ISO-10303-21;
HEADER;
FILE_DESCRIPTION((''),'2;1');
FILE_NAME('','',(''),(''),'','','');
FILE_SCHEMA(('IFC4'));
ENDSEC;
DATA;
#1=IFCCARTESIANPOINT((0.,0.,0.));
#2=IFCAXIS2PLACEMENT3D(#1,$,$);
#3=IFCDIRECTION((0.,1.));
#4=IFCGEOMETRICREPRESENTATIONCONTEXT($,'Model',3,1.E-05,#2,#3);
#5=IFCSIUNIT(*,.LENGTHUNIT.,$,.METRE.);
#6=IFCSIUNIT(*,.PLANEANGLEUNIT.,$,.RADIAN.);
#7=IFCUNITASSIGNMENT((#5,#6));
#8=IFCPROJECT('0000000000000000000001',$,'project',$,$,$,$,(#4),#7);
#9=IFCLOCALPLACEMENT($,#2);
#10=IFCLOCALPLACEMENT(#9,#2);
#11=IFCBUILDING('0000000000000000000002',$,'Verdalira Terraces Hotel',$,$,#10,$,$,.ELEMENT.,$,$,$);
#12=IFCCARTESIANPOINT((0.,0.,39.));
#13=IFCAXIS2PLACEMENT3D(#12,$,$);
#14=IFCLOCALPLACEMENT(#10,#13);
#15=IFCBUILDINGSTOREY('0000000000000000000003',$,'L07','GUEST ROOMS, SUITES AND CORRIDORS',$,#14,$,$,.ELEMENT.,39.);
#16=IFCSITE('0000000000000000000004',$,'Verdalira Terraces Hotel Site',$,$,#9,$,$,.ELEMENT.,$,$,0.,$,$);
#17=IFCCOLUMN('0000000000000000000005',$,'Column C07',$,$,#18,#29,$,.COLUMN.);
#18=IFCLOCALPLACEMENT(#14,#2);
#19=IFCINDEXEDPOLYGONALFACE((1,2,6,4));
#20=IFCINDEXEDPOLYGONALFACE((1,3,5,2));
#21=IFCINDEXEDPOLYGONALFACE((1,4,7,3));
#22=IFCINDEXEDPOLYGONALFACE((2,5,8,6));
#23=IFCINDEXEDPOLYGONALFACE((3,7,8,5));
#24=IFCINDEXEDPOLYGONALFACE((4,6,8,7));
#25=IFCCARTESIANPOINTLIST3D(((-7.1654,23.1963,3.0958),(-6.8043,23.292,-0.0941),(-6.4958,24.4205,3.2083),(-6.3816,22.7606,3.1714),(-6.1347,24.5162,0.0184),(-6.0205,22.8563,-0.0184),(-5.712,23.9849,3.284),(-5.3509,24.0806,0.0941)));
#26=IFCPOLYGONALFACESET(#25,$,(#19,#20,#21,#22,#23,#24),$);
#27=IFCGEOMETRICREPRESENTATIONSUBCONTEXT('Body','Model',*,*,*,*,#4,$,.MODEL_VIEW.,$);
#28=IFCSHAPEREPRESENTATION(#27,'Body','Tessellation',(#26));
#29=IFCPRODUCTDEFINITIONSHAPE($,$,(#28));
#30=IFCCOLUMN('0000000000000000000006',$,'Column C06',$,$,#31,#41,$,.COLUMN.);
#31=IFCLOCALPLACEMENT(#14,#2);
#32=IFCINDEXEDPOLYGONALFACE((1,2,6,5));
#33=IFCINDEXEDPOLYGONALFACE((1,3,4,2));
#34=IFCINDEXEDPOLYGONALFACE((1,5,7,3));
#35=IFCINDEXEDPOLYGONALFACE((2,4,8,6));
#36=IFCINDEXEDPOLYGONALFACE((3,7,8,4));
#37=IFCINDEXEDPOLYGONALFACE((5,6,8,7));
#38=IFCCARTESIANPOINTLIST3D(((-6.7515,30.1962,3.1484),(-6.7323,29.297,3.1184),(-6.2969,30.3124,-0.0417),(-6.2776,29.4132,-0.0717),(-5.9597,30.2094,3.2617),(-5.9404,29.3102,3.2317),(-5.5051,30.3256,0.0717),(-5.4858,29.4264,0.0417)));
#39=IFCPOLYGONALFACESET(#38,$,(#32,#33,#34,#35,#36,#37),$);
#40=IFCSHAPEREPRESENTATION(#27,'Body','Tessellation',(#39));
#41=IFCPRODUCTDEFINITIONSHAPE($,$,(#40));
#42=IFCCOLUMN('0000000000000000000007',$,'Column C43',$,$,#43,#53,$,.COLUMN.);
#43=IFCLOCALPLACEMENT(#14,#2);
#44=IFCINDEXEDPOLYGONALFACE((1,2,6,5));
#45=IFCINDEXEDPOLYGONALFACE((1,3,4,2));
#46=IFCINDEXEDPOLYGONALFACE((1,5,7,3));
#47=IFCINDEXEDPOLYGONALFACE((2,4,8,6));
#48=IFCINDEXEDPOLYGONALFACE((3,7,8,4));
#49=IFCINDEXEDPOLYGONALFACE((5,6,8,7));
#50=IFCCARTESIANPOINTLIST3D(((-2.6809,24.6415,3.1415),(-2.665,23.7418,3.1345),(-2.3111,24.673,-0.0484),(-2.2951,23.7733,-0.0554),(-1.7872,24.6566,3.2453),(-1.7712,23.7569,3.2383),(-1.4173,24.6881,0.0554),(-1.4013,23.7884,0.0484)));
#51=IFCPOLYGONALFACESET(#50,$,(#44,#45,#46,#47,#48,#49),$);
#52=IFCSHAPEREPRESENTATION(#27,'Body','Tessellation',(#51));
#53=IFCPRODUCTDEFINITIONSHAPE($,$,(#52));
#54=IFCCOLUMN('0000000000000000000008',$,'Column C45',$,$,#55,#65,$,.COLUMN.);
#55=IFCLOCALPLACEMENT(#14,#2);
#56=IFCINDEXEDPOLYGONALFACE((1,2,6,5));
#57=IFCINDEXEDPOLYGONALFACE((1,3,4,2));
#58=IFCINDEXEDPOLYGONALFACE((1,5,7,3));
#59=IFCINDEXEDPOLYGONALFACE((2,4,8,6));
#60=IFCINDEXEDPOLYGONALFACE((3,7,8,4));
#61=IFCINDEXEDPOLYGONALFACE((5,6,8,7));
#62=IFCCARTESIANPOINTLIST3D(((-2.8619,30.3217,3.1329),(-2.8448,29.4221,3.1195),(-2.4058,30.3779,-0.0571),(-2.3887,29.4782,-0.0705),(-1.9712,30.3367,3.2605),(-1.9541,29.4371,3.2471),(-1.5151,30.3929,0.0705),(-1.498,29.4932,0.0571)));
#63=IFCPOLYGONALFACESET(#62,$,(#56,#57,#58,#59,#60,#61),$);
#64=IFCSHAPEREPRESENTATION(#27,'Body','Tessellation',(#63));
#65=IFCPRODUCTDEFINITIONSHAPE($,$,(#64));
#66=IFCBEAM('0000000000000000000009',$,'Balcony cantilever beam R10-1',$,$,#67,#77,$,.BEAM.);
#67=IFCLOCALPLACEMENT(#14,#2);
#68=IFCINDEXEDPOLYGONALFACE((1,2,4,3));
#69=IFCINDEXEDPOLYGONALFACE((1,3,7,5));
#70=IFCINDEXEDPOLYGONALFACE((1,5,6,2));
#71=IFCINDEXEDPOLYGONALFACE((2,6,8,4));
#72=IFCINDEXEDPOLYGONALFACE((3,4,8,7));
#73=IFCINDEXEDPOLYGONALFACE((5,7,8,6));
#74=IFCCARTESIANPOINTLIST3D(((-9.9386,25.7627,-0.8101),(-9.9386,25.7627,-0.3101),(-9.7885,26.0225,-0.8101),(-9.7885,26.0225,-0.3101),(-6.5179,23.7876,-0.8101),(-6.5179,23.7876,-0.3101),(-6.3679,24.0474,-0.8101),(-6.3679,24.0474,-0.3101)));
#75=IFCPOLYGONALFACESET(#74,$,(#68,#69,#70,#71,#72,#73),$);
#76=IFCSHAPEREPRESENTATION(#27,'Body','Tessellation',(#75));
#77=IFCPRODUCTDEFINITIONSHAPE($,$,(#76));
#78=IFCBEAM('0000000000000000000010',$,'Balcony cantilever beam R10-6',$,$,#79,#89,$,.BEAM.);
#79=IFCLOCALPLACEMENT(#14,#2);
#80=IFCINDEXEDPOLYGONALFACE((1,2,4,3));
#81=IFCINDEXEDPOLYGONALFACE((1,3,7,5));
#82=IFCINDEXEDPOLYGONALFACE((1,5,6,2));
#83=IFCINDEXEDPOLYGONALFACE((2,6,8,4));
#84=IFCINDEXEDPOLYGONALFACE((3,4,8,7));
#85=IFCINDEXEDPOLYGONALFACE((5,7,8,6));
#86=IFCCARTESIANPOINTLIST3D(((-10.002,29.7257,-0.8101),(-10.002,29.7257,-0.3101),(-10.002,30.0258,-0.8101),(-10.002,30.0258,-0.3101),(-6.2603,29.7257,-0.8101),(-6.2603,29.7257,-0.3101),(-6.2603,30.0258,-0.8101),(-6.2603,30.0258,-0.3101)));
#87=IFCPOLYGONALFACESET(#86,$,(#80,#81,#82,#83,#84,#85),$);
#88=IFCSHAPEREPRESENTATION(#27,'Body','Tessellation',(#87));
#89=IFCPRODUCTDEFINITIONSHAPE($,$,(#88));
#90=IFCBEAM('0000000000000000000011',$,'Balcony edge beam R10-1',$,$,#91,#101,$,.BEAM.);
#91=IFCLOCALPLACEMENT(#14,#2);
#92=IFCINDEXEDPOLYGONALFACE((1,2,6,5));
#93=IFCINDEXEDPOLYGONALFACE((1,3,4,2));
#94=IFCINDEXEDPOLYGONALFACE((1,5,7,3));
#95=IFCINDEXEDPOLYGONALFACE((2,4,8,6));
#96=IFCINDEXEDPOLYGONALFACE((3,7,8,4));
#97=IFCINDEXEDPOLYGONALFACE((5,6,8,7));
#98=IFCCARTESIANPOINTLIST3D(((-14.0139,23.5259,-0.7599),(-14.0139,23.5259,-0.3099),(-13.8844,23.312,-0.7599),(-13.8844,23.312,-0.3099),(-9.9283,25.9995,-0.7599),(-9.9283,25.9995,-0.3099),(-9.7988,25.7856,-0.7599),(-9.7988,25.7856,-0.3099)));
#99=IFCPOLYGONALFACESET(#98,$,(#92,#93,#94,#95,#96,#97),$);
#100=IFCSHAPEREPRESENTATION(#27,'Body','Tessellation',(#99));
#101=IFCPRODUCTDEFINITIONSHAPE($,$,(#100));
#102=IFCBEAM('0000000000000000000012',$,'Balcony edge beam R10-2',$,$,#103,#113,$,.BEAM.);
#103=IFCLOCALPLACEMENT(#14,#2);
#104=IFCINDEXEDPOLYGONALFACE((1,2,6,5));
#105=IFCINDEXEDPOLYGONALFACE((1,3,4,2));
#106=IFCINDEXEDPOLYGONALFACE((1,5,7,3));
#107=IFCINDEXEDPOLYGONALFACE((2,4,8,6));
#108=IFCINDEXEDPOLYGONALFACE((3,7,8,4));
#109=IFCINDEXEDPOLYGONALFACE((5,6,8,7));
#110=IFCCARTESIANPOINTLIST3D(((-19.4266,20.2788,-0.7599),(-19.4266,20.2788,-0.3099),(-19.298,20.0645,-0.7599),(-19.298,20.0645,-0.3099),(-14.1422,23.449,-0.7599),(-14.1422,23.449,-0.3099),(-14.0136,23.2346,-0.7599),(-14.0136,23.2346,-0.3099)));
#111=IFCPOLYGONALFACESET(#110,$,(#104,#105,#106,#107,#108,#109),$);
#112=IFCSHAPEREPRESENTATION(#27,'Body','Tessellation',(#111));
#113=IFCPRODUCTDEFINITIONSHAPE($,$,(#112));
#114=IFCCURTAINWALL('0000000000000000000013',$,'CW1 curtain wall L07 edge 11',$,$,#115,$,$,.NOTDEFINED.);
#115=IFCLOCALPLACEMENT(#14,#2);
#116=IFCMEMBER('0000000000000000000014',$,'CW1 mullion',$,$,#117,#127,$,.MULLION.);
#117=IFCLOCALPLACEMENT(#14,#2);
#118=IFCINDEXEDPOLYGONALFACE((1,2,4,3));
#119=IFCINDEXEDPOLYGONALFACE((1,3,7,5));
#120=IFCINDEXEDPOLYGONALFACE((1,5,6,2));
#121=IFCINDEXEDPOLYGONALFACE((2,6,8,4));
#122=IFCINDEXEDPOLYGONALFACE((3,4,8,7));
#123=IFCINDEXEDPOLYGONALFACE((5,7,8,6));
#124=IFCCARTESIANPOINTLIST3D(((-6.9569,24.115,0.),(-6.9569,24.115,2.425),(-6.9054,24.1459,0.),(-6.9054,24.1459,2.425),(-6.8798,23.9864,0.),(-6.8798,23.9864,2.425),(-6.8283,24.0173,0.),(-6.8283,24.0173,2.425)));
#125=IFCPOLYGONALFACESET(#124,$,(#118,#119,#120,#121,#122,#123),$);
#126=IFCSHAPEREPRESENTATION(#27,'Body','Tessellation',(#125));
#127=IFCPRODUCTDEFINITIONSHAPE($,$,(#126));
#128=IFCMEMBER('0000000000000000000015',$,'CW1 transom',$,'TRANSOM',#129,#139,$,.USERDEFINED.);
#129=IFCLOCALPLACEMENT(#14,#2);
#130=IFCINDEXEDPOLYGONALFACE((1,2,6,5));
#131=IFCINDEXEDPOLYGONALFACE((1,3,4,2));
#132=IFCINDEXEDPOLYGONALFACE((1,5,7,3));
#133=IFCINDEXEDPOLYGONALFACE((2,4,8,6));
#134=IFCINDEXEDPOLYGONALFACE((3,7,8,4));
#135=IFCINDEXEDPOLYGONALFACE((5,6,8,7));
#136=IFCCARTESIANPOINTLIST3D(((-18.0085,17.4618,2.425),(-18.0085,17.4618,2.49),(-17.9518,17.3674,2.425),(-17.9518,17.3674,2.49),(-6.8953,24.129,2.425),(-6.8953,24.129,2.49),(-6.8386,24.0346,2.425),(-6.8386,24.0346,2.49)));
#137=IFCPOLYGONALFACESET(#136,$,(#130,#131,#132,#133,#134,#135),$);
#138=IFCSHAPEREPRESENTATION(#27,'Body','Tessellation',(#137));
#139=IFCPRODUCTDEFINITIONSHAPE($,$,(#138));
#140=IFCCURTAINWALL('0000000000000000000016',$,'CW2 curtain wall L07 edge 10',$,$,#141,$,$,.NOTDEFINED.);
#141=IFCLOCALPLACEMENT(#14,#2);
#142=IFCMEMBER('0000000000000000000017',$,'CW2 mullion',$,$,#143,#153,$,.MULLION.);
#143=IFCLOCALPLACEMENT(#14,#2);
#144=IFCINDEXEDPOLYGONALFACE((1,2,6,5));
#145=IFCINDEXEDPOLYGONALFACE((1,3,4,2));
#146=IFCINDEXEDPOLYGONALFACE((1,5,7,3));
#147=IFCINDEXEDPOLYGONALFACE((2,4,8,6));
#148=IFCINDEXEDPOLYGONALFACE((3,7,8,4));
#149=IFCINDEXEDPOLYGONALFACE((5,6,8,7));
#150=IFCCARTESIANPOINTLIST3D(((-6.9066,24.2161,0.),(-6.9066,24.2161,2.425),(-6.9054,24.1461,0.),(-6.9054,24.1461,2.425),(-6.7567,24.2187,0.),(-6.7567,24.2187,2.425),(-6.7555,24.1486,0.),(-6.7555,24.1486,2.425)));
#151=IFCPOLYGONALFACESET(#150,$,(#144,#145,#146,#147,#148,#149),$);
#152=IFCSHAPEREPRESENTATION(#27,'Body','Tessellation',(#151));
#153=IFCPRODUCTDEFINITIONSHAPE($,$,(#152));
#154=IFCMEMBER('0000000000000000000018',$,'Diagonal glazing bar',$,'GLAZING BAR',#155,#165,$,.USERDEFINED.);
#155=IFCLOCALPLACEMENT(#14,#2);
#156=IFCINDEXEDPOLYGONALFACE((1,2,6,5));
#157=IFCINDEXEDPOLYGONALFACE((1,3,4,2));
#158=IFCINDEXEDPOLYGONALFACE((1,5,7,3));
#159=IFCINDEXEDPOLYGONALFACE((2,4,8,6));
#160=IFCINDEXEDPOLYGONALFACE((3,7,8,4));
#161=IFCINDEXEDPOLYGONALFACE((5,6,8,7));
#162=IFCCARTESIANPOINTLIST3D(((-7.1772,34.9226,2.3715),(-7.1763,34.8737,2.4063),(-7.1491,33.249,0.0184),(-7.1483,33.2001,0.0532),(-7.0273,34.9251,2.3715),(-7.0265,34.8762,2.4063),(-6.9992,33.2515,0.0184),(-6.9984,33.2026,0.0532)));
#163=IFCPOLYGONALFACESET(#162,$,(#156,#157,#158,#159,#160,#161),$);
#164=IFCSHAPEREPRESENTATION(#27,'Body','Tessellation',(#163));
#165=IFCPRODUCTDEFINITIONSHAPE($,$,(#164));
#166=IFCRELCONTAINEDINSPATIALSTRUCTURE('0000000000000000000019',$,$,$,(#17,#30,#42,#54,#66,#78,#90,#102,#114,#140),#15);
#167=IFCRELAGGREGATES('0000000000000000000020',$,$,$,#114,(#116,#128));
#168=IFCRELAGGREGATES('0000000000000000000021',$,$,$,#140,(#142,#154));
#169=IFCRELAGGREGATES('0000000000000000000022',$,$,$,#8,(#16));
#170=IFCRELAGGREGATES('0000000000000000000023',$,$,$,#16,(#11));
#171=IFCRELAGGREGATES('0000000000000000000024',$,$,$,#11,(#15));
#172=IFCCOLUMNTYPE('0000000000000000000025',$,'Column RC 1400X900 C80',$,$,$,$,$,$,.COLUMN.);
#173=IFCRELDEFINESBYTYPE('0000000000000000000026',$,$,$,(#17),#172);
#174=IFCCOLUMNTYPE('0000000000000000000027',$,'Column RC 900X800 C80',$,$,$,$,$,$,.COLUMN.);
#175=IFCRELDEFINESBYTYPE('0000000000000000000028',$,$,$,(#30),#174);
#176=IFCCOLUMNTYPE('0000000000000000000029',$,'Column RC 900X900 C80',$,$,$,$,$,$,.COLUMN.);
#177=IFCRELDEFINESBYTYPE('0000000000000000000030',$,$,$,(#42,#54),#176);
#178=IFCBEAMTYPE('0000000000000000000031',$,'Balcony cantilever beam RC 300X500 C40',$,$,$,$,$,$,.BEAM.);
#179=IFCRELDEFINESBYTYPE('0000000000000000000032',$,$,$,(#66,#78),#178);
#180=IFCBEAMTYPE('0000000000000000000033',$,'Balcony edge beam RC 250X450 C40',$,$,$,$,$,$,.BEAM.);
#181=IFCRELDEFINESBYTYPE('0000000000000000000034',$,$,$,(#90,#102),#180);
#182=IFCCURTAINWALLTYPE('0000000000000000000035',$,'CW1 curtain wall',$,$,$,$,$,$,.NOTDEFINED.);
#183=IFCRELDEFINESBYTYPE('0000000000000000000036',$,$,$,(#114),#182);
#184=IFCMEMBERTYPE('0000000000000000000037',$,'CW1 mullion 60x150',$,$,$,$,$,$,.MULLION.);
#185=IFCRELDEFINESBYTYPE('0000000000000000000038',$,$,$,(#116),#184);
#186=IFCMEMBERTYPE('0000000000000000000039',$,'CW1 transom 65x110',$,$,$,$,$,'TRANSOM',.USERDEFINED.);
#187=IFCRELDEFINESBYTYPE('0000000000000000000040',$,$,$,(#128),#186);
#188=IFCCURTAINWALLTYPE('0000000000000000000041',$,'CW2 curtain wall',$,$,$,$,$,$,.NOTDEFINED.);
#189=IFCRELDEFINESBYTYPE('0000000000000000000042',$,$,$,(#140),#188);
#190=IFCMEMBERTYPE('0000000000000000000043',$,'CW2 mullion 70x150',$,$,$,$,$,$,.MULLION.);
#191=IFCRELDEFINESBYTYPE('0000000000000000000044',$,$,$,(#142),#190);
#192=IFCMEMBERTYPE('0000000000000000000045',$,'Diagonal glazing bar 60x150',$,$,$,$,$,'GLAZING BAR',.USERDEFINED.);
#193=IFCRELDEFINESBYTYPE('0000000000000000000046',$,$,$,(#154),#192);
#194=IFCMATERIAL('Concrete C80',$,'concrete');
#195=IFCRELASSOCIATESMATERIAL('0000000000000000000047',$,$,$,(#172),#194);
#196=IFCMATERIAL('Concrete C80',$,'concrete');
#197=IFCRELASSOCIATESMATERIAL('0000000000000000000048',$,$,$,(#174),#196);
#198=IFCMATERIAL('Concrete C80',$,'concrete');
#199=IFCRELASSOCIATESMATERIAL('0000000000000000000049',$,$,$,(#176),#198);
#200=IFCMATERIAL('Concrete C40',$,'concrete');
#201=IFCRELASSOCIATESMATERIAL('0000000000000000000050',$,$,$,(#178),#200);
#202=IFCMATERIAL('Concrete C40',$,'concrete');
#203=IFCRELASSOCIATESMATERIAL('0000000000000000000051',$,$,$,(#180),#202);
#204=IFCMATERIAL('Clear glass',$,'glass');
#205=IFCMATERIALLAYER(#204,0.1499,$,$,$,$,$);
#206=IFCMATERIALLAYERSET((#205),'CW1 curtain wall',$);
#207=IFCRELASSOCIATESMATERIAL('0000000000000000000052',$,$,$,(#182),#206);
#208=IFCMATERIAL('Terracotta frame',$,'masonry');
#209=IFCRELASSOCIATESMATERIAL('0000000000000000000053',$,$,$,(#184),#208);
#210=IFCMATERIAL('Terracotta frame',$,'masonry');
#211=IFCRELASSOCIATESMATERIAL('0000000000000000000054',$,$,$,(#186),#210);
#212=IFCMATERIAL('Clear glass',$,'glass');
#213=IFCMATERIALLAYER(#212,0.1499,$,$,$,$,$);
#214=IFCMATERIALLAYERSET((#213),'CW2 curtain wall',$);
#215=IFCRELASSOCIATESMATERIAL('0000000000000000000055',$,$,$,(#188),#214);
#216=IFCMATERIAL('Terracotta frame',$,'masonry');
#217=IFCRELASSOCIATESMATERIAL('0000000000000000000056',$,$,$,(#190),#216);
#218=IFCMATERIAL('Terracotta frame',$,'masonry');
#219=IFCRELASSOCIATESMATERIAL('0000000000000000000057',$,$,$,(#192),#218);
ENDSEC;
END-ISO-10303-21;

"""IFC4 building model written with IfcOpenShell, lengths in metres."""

from ifc_helpers import new_model, si_unit, direction, frame, origin, origin_2d, place, context, subcontext, project, spatial, rectangle, extrude, material, layer, layer_set, material_profile, profile_set, type_object, element, aggregate, save


model = new_model("IFC4")

# Units and contexts
model_context = context("Model", 3, precision=1e-05, world=origin(), true_north=direction((0.0, 1.0)))
body_context = subcontext(model_context, "Body", "Model", "MODEL_VIEW")
ifc_project = project(units=[si_unit("LENGTHUNIT", "METRE"), si_unit("PLANEANGLEUNIT", "RADIAN")], contexts=[model_context])

# Site, building, storey
site_placement = place(None, origin())
site = spatial("IfcSite", under=ifc_project, at=site_placement, Name="Verdalira Terraces Hotel Site", CompositionType="ELEMENT", RefElevation=0.0)
building_placement = place(site_placement, origin())
building = spatial("IfcBuilding", under=site, at=building_placement, Name="Verdalira Terraces Hotel", CompositionType="ELEMENT")
storey_placement = place(building_placement, frame((0.0, 0.0, 39.0)))
storey = spatial("IfcBuildingStorey", under=building, at=storey_placement, Name="L07", Description="GUEST ROOMS, SUITES AND CORRIDORS", CompositionType="ELEMENT", Elevation=39.0)

# Columns
ifc_material_1 = material(Name="Concrete C80", Category="concrete")
ifc_material_profile_1 = material_profile(ifc_material_1, rectangle(XDim=1.3999, YDim=0.8999, at=origin_2d()), Name="RC 1400X900")
ifc_profile_set_1 = profile_set([ifc_material_profile_1], Name="Concrete C80")
column_type_1 = type_object("IfcColumnType", Name="Column RC 1400X900 C80", PredefinedType="COLUMN", material=ifc_profile_set_1)
column_1_placement = place(storey_placement, frame((-6.0776, 23.6863, 0.0), z_axis=(-0.112426, -0.029798, 0.993213), x_axis=(0.478316, 0.874501, 0.080379)))
element("IfcColumn", 1, at=column_1_placement, inside=storey, type_object=column_type_1, Name="Column C07", PredefinedType="COLUMN", context=body_context, shape_type="SweptSolid", body=[
    extrude(rectangle(XDim=1.3999, YDim=0.8999, at=origin_2d()), origin(), (0.0, 0.0, 1.0), 3.2117),
])
ifc_material_2 = material(Name="Concrete C80", Category="concrete")
ifc_material_profile_2 = material_profile(ifc_material_2, rectangle(XDim=0.8999, YDim=0.8, at=origin_2d()), Name="RC 900X800")
ifc_profile_set_2 = profile_set([ifc_material_profile_2], Name="Concrete C80")
column_type_2 = type_object("IfcColumnType", Name="Column RC 900X800 C80", PredefinedType="COLUMN", material=ifc_profile_set_2)
column_2_placement = place(storey_placement, frame((-5.8914, 29.8694, 0.0), z_axis=(-0.14099, -0.036043, 0.989355), x_axis=(0.021432, -0.999214, -0.033348)))
element("IfcColumn", 2, at=column_2_placement, inside=storey, type_object=column_type_2, Name="Column C06", PredefinedType="COLUMN", context=body_context, shape_type="SweptSolid", body=[
    extrude(rectangle(XDim=0.8999, YDim=0.8, at=origin_2d()), origin(), (0.0, 0.0, 1.0), 3.2244),
])
ifc_material_3 = material(Name="Concrete C80", Category="concrete")
ifc_material_profile_3 = material_profile(ifc_material_3, rectangle(XDim=0.8999, YDim=0.8999, at=origin_2d()), Name="RC 900X900")
ifc_profile_set_3 = profile_set([ifc_material_profile_3], Name="Concrete C80")
column_type_3 = type_object("IfcColumnType", Name="Column RC 900X900 C80", PredefinedType="COLUMN", material=ifc_profile_set_3)
column_3_placement = place(storey_placement, frame((-1.8562, 24.2307, 0.0), z_axis=(-0.115173, -0.009807, 0.993297), x_axis=(-0.01777, 0.999812, 0.007811)))
element("IfcColumn", 3, at=column_3_placement, inside=storey, type_object=column_type_3, Name="Column C43", PredefinedType="COLUMN", context=body_context, shape_type="SweptSolid", body=[
    extrude(rectangle(XDim=0.8999, YDim=0.8999, at=origin_2d()), origin(), (0.0, 0.0, 1.0), 3.2114),
])
column_4_placement = place(storey_placement, frame((-1.9519, 29.9355, 0.0), z_axis=(-0.141506, -0.017423, 0.989784), x_axis=(-0.018997, 0.999709, 0.014882)))
element("IfcColumn", 4, at=column_4_placement, inside=storey, type_object=column_type_3, Name="Column C45", PredefinedType="COLUMN", context=body_context, shape_type="SweptSolid", body=[
    extrude(rectangle(XDim=0.8999, YDim=0.8999, at=origin_2d()), origin(), (0.0, 0.0, 1.0), 3.2229),
])

# Beams
ifc_material_4 = material(Name="Concrete C40", Category="concrete")
ifc_material_profile_4 = material_profile(ifc_material_4, rectangle(XDim=0.3, YDim=0.5, at=origin_2d()), Name="RC 300X500")
ifc_profile_set_4 = profile_set([ifc_material_profile_4], Name="Concrete C40")
beam_type_1 = type_object("IfcBeamType", Name="Balcony cantilever beam RC 300X500 C40", PredefinedType="BEAM", material=ifc_profile_set_4)
beam_1_placement = place(storey_placement, frame((-6.4429, 23.9175, -0.5601), z_axis=(-0.866005, 0.500035, 0.0), x_axis=(-0.500035, -0.866005, 0.0)))
element("IfcBeam", 5, at=beam_1_placement, inside=storey, type_object=beam_type_1, Name="Balcony cantilever beam R10-1", PredefinedType="BEAM", context=body_context, shape_type="SweptSolid", body=[
    extrude(rectangle(XDim=0.3, YDim=0.5, at=origin_2d()), origin(), (0.0, 0.0, 1.0), 3.95),
])
beam_2_placement = place(storey_placement, frame((-6.2603, 29.8757, -0.5601), z_axis=(-1.0, 0.0, 0.0), x_axis=(0.0, -1.0, 0.0)))
element("IfcBeam", 6, at=beam_2_placement, inside=storey, type_object=beam_type_1, Name="Balcony cantilever beam R10-6", PredefinedType="BEAM", context=body_context, shape_type="SweptSolid", body=[
    extrude(rectangle(XDim=0.3, YDim=0.5, at=origin_2d()), origin(), (0.0, 0.0, 1.0), 3.7417),
])
ifc_material_5 = material(Name="Concrete C40", Category="concrete")
ifc_material_profile_5 = material_profile(ifc_material_5, rectangle(XDim=0.25, YDim=0.45, at=origin_2d()), Name="RC 250X450")
ifc_profile_set_5 = profile_set([ifc_material_profile_5], Name="Concrete C40")
beam_type_2 = type_object("IfcBeamType", Name="Balcony edge beam RC 250X450 C40", PredefinedType="BEAM", material=ifc_profile_set_5)
beam_3_placement = place(storey_placement, frame((-9.8635, 25.8926, -0.5349), z_axis=(-0.855434, -0.517912, 0.0), x_axis=(0.517912, -0.855434, 0.0)))
element("IfcBeam", 7, at=beam_3_placement, inside=storey, type_object=beam_type_2, Name="Balcony edge beam R10-1", PredefinedType="BEAM", context=body_context, shape_type="SweptSolid", body=[
    extrude(rectangle(XDim=0.25, YDim=0.45, at=origin_2d()), origin(), (0.0, 0.0, 1.0), 4.7761),
])
beam_4_placement = place(storey_placement, frame((-14.0779, 23.3418, -0.5349), z_axis=(-0.857528, -0.514437, 0.0), x_axis=(0.514437, -0.857528, 0.0)))
element("IfcBeam", 8, at=beam_4_placement, inside=storey, type_object=beam_type_2, Name="Balcony edge beam R10-2", PredefinedType="BEAM", context=body_context, shape_type="SweptSolid", body=[
    extrude(rectangle(XDim=0.25, YDim=0.45, at=origin_2d()), origin(), (0.0, 0.0, 1.0), 6.1624),
])

# Curtain walls, members
ifc_material_6 = material(Name="Clear glass", Category="glass")
ifc_layer_1 = layer(ifc_material_6, 0.1499)
ifc_layer_set_1 = layer_set([ifc_layer_1], Name="CW1 curtain wall")
curtain_wall_type_1 = type_object("IfcCurtainWallType", Name="CW1 curtain wall", PredefinedType="NOTDEFINED", material=ifc_layer_set_1)
curtain_wall_1_placement = place(storey_placement, origin())
curtain_wall_1 = element("IfcCurtainWall", 9, at=curtain_wall_1_placement, inside=storey, type_object=curtain_wall_type_1, Name="CW1 curtain wall L07 edge 11", PredefinedType="NOTDEFINED")
ifc_material_7 = material(Name="Terracotta frame", Category="masonry")
ifc_material_profile_6 = material_profile(ifc_material_7, rectangle(XDim=0.0601, YDim=0.1499, at=origin_2d()), Name="MU 60x150")
ifc_profile_set_6 = profile_set([ifc_material_profile_6], Name="Terracotta frame")
member_type_1 = type_object("IfcMemberType", Name="CW1 mullion 60x150", PredefinedType="MULLION", material=ifc_profile_set_6)
member_1_placement = place(storey_placement, frame((-6.8926, 24.0662, 0.0), z_axis=(0.0, 0.0, 1.0), x_axis=(-0.857527, -0.51444, 0.0)))
member_1 = element("IfcMember", 10, at=member_1_placement, type_object=member_type_1, Name="CW1 mullion", PredefinedType="MULLION", context=body_context, shape_type="SweptSolid", body=[
    extrude(rectangle(XDim=0.0601, YDim=0.1499, at=origin_2d()), origin(), (0.0, 0.0, 1.0), 2.425),
])
ifc_material_8 = material(Name="Terracotta frame", Category="masonry")
ifc_material_profile_7 = material_profile(ifc_material_8, rectangle(XDim=0.1101, YDim=0.0649, at=origin_2d()), Name="TR 65x110")
ifc_profile_set_7 = profile_set([ifc_material_profile_7], Name="Terracotta frame")
member_type_2 = type_object("IfcMemberType", Name="CW1 transom 65x110", ElementType="TRANSOM", PredefinedType="USERDEFINED", material=ifc_profile_set_7)
member_2_placement = place(storey_placement, frame((-6.8669, 24.0818, 2.4575), z_axis=(-0.857518, -0.514454, 0.0), x_axis=(0.514454, -0.857518, 0.0)))
member_2 = element("IfcMember", 11, at=member_2_placement, type_object=member_type_2, Name="CW1 transom", ObjectType="TRANSOM", PredefinedType="USERDEFINED", context=body_context, shape_type="SweptSolid", body=[
    extrude(rectangle(XDim=0.1101, YDim=0.0649, at=origin_2d()), origin(), (0.0, 0.0, 1.0), 12.9597),
])
ifc_material_9 = material(Name="Clear glass", Category="glass")
ifc_layer_2 = layer(ifc_material_9, 0.1499)
ifc_layer_set_2 = layer_set([ifc_layer_2], Name="CW2 curtain wall")
curtain_wall_type_2 = type_object("IfcCurtainWallType", Name="CW2 curtain wall", PredefinedType="NOTDEFINED", material=ifc_layer_set_2)
curtain_wall_2_placement = place(storey_placement, origin())
curtain_wall_2 = element("IfcCurtainWall", 12, at=curtain_wall_2_placement, inside=storey, type_object=curtain_wall_type_2, Name="CW2 curtain wall L07 edge 10", PredefinedType="NOTDEFINED")
ifc_material_10 = material(Name="Terracotta frame", Category="masonry")
ifc_material_profile_8 = material_profile(ifc_material_10, rectangle(XDim=0.0701, YDim=0.1499, at=origin_2d()), Name="MU 70x150")
ifc_profile_set_8 = profile_set([ifc_material_profile_8], Name="Terracotta frame")
member_type_3 = type_object("IfcMemberType", Name="CW2 mullion 70x150", PredefinedType="MULLION", material=ifc_profile_set_8)
member_3_placement = place(storey_placement, frame((-6.8311, 24.1824, 0.0), z_axis=(0.0, 0.0, 1.0), x_axis=(0.016754, -0.99986, 0.0)))
member_3 = element("IfcMember", 13, at=member_3_placement, type_object=member_type_3, Name="CW2 mullion", PredefinedType="MULLION", context=body_context, shape_type="SweptSolid", body=[
    extrude(rectangle(XDim=0.0701, YDim=0.1499, at=origin_2d()), origin(), (0.0, 0.0, 1.0), 2.425),
])
ifc_material_11 = material(Name="Terracotta frame", Category="masonry")
ifc_material_profile_9 = material_profile(ifc_material_11, rectangle(XDim=0.1499, YDim=0.0601, at=origin_2d()), Name="GB 60x150")
ifc_profile_set_9 = profile_set([ifc_material_profile_9], Name="Terracotta frame")
member_type_4 = type_object("IfcMemberType", Name="Diagonal glazing bar 60x150", ElementType="GLAZING BAR", PredefinedType="USERDEFINED", material=ifc_profile_set_9)
member_4_placement = place(storey_placement, frame((-7.1018, 34.8994, 2.3889), z_axis=(0.009723, -0.57957, -0.814864), x_axis=(0.999859, 0.016774, 0.0)))
member_4 = element("IfcMember", 14, at=member_4_placement, type_object=member_type_4, Name="Diagonal glazing bar", ObjectType="GLAZING BAR", PredefinedType="USERDEFINED", context=body_context, shape_type="SweptSolid", body=[
    extrude(rectangle(XDim=0.1499, YDim=0.0601, at=origin_2d()), origin(), (0.0, 0.0, 1.0), 2.8877),
])

aggregate(curtain_wall_1, [member_1, member_2])
aggregate(curtain_wall_2, [member_3, member_4])

save(model, "model.ifc")
